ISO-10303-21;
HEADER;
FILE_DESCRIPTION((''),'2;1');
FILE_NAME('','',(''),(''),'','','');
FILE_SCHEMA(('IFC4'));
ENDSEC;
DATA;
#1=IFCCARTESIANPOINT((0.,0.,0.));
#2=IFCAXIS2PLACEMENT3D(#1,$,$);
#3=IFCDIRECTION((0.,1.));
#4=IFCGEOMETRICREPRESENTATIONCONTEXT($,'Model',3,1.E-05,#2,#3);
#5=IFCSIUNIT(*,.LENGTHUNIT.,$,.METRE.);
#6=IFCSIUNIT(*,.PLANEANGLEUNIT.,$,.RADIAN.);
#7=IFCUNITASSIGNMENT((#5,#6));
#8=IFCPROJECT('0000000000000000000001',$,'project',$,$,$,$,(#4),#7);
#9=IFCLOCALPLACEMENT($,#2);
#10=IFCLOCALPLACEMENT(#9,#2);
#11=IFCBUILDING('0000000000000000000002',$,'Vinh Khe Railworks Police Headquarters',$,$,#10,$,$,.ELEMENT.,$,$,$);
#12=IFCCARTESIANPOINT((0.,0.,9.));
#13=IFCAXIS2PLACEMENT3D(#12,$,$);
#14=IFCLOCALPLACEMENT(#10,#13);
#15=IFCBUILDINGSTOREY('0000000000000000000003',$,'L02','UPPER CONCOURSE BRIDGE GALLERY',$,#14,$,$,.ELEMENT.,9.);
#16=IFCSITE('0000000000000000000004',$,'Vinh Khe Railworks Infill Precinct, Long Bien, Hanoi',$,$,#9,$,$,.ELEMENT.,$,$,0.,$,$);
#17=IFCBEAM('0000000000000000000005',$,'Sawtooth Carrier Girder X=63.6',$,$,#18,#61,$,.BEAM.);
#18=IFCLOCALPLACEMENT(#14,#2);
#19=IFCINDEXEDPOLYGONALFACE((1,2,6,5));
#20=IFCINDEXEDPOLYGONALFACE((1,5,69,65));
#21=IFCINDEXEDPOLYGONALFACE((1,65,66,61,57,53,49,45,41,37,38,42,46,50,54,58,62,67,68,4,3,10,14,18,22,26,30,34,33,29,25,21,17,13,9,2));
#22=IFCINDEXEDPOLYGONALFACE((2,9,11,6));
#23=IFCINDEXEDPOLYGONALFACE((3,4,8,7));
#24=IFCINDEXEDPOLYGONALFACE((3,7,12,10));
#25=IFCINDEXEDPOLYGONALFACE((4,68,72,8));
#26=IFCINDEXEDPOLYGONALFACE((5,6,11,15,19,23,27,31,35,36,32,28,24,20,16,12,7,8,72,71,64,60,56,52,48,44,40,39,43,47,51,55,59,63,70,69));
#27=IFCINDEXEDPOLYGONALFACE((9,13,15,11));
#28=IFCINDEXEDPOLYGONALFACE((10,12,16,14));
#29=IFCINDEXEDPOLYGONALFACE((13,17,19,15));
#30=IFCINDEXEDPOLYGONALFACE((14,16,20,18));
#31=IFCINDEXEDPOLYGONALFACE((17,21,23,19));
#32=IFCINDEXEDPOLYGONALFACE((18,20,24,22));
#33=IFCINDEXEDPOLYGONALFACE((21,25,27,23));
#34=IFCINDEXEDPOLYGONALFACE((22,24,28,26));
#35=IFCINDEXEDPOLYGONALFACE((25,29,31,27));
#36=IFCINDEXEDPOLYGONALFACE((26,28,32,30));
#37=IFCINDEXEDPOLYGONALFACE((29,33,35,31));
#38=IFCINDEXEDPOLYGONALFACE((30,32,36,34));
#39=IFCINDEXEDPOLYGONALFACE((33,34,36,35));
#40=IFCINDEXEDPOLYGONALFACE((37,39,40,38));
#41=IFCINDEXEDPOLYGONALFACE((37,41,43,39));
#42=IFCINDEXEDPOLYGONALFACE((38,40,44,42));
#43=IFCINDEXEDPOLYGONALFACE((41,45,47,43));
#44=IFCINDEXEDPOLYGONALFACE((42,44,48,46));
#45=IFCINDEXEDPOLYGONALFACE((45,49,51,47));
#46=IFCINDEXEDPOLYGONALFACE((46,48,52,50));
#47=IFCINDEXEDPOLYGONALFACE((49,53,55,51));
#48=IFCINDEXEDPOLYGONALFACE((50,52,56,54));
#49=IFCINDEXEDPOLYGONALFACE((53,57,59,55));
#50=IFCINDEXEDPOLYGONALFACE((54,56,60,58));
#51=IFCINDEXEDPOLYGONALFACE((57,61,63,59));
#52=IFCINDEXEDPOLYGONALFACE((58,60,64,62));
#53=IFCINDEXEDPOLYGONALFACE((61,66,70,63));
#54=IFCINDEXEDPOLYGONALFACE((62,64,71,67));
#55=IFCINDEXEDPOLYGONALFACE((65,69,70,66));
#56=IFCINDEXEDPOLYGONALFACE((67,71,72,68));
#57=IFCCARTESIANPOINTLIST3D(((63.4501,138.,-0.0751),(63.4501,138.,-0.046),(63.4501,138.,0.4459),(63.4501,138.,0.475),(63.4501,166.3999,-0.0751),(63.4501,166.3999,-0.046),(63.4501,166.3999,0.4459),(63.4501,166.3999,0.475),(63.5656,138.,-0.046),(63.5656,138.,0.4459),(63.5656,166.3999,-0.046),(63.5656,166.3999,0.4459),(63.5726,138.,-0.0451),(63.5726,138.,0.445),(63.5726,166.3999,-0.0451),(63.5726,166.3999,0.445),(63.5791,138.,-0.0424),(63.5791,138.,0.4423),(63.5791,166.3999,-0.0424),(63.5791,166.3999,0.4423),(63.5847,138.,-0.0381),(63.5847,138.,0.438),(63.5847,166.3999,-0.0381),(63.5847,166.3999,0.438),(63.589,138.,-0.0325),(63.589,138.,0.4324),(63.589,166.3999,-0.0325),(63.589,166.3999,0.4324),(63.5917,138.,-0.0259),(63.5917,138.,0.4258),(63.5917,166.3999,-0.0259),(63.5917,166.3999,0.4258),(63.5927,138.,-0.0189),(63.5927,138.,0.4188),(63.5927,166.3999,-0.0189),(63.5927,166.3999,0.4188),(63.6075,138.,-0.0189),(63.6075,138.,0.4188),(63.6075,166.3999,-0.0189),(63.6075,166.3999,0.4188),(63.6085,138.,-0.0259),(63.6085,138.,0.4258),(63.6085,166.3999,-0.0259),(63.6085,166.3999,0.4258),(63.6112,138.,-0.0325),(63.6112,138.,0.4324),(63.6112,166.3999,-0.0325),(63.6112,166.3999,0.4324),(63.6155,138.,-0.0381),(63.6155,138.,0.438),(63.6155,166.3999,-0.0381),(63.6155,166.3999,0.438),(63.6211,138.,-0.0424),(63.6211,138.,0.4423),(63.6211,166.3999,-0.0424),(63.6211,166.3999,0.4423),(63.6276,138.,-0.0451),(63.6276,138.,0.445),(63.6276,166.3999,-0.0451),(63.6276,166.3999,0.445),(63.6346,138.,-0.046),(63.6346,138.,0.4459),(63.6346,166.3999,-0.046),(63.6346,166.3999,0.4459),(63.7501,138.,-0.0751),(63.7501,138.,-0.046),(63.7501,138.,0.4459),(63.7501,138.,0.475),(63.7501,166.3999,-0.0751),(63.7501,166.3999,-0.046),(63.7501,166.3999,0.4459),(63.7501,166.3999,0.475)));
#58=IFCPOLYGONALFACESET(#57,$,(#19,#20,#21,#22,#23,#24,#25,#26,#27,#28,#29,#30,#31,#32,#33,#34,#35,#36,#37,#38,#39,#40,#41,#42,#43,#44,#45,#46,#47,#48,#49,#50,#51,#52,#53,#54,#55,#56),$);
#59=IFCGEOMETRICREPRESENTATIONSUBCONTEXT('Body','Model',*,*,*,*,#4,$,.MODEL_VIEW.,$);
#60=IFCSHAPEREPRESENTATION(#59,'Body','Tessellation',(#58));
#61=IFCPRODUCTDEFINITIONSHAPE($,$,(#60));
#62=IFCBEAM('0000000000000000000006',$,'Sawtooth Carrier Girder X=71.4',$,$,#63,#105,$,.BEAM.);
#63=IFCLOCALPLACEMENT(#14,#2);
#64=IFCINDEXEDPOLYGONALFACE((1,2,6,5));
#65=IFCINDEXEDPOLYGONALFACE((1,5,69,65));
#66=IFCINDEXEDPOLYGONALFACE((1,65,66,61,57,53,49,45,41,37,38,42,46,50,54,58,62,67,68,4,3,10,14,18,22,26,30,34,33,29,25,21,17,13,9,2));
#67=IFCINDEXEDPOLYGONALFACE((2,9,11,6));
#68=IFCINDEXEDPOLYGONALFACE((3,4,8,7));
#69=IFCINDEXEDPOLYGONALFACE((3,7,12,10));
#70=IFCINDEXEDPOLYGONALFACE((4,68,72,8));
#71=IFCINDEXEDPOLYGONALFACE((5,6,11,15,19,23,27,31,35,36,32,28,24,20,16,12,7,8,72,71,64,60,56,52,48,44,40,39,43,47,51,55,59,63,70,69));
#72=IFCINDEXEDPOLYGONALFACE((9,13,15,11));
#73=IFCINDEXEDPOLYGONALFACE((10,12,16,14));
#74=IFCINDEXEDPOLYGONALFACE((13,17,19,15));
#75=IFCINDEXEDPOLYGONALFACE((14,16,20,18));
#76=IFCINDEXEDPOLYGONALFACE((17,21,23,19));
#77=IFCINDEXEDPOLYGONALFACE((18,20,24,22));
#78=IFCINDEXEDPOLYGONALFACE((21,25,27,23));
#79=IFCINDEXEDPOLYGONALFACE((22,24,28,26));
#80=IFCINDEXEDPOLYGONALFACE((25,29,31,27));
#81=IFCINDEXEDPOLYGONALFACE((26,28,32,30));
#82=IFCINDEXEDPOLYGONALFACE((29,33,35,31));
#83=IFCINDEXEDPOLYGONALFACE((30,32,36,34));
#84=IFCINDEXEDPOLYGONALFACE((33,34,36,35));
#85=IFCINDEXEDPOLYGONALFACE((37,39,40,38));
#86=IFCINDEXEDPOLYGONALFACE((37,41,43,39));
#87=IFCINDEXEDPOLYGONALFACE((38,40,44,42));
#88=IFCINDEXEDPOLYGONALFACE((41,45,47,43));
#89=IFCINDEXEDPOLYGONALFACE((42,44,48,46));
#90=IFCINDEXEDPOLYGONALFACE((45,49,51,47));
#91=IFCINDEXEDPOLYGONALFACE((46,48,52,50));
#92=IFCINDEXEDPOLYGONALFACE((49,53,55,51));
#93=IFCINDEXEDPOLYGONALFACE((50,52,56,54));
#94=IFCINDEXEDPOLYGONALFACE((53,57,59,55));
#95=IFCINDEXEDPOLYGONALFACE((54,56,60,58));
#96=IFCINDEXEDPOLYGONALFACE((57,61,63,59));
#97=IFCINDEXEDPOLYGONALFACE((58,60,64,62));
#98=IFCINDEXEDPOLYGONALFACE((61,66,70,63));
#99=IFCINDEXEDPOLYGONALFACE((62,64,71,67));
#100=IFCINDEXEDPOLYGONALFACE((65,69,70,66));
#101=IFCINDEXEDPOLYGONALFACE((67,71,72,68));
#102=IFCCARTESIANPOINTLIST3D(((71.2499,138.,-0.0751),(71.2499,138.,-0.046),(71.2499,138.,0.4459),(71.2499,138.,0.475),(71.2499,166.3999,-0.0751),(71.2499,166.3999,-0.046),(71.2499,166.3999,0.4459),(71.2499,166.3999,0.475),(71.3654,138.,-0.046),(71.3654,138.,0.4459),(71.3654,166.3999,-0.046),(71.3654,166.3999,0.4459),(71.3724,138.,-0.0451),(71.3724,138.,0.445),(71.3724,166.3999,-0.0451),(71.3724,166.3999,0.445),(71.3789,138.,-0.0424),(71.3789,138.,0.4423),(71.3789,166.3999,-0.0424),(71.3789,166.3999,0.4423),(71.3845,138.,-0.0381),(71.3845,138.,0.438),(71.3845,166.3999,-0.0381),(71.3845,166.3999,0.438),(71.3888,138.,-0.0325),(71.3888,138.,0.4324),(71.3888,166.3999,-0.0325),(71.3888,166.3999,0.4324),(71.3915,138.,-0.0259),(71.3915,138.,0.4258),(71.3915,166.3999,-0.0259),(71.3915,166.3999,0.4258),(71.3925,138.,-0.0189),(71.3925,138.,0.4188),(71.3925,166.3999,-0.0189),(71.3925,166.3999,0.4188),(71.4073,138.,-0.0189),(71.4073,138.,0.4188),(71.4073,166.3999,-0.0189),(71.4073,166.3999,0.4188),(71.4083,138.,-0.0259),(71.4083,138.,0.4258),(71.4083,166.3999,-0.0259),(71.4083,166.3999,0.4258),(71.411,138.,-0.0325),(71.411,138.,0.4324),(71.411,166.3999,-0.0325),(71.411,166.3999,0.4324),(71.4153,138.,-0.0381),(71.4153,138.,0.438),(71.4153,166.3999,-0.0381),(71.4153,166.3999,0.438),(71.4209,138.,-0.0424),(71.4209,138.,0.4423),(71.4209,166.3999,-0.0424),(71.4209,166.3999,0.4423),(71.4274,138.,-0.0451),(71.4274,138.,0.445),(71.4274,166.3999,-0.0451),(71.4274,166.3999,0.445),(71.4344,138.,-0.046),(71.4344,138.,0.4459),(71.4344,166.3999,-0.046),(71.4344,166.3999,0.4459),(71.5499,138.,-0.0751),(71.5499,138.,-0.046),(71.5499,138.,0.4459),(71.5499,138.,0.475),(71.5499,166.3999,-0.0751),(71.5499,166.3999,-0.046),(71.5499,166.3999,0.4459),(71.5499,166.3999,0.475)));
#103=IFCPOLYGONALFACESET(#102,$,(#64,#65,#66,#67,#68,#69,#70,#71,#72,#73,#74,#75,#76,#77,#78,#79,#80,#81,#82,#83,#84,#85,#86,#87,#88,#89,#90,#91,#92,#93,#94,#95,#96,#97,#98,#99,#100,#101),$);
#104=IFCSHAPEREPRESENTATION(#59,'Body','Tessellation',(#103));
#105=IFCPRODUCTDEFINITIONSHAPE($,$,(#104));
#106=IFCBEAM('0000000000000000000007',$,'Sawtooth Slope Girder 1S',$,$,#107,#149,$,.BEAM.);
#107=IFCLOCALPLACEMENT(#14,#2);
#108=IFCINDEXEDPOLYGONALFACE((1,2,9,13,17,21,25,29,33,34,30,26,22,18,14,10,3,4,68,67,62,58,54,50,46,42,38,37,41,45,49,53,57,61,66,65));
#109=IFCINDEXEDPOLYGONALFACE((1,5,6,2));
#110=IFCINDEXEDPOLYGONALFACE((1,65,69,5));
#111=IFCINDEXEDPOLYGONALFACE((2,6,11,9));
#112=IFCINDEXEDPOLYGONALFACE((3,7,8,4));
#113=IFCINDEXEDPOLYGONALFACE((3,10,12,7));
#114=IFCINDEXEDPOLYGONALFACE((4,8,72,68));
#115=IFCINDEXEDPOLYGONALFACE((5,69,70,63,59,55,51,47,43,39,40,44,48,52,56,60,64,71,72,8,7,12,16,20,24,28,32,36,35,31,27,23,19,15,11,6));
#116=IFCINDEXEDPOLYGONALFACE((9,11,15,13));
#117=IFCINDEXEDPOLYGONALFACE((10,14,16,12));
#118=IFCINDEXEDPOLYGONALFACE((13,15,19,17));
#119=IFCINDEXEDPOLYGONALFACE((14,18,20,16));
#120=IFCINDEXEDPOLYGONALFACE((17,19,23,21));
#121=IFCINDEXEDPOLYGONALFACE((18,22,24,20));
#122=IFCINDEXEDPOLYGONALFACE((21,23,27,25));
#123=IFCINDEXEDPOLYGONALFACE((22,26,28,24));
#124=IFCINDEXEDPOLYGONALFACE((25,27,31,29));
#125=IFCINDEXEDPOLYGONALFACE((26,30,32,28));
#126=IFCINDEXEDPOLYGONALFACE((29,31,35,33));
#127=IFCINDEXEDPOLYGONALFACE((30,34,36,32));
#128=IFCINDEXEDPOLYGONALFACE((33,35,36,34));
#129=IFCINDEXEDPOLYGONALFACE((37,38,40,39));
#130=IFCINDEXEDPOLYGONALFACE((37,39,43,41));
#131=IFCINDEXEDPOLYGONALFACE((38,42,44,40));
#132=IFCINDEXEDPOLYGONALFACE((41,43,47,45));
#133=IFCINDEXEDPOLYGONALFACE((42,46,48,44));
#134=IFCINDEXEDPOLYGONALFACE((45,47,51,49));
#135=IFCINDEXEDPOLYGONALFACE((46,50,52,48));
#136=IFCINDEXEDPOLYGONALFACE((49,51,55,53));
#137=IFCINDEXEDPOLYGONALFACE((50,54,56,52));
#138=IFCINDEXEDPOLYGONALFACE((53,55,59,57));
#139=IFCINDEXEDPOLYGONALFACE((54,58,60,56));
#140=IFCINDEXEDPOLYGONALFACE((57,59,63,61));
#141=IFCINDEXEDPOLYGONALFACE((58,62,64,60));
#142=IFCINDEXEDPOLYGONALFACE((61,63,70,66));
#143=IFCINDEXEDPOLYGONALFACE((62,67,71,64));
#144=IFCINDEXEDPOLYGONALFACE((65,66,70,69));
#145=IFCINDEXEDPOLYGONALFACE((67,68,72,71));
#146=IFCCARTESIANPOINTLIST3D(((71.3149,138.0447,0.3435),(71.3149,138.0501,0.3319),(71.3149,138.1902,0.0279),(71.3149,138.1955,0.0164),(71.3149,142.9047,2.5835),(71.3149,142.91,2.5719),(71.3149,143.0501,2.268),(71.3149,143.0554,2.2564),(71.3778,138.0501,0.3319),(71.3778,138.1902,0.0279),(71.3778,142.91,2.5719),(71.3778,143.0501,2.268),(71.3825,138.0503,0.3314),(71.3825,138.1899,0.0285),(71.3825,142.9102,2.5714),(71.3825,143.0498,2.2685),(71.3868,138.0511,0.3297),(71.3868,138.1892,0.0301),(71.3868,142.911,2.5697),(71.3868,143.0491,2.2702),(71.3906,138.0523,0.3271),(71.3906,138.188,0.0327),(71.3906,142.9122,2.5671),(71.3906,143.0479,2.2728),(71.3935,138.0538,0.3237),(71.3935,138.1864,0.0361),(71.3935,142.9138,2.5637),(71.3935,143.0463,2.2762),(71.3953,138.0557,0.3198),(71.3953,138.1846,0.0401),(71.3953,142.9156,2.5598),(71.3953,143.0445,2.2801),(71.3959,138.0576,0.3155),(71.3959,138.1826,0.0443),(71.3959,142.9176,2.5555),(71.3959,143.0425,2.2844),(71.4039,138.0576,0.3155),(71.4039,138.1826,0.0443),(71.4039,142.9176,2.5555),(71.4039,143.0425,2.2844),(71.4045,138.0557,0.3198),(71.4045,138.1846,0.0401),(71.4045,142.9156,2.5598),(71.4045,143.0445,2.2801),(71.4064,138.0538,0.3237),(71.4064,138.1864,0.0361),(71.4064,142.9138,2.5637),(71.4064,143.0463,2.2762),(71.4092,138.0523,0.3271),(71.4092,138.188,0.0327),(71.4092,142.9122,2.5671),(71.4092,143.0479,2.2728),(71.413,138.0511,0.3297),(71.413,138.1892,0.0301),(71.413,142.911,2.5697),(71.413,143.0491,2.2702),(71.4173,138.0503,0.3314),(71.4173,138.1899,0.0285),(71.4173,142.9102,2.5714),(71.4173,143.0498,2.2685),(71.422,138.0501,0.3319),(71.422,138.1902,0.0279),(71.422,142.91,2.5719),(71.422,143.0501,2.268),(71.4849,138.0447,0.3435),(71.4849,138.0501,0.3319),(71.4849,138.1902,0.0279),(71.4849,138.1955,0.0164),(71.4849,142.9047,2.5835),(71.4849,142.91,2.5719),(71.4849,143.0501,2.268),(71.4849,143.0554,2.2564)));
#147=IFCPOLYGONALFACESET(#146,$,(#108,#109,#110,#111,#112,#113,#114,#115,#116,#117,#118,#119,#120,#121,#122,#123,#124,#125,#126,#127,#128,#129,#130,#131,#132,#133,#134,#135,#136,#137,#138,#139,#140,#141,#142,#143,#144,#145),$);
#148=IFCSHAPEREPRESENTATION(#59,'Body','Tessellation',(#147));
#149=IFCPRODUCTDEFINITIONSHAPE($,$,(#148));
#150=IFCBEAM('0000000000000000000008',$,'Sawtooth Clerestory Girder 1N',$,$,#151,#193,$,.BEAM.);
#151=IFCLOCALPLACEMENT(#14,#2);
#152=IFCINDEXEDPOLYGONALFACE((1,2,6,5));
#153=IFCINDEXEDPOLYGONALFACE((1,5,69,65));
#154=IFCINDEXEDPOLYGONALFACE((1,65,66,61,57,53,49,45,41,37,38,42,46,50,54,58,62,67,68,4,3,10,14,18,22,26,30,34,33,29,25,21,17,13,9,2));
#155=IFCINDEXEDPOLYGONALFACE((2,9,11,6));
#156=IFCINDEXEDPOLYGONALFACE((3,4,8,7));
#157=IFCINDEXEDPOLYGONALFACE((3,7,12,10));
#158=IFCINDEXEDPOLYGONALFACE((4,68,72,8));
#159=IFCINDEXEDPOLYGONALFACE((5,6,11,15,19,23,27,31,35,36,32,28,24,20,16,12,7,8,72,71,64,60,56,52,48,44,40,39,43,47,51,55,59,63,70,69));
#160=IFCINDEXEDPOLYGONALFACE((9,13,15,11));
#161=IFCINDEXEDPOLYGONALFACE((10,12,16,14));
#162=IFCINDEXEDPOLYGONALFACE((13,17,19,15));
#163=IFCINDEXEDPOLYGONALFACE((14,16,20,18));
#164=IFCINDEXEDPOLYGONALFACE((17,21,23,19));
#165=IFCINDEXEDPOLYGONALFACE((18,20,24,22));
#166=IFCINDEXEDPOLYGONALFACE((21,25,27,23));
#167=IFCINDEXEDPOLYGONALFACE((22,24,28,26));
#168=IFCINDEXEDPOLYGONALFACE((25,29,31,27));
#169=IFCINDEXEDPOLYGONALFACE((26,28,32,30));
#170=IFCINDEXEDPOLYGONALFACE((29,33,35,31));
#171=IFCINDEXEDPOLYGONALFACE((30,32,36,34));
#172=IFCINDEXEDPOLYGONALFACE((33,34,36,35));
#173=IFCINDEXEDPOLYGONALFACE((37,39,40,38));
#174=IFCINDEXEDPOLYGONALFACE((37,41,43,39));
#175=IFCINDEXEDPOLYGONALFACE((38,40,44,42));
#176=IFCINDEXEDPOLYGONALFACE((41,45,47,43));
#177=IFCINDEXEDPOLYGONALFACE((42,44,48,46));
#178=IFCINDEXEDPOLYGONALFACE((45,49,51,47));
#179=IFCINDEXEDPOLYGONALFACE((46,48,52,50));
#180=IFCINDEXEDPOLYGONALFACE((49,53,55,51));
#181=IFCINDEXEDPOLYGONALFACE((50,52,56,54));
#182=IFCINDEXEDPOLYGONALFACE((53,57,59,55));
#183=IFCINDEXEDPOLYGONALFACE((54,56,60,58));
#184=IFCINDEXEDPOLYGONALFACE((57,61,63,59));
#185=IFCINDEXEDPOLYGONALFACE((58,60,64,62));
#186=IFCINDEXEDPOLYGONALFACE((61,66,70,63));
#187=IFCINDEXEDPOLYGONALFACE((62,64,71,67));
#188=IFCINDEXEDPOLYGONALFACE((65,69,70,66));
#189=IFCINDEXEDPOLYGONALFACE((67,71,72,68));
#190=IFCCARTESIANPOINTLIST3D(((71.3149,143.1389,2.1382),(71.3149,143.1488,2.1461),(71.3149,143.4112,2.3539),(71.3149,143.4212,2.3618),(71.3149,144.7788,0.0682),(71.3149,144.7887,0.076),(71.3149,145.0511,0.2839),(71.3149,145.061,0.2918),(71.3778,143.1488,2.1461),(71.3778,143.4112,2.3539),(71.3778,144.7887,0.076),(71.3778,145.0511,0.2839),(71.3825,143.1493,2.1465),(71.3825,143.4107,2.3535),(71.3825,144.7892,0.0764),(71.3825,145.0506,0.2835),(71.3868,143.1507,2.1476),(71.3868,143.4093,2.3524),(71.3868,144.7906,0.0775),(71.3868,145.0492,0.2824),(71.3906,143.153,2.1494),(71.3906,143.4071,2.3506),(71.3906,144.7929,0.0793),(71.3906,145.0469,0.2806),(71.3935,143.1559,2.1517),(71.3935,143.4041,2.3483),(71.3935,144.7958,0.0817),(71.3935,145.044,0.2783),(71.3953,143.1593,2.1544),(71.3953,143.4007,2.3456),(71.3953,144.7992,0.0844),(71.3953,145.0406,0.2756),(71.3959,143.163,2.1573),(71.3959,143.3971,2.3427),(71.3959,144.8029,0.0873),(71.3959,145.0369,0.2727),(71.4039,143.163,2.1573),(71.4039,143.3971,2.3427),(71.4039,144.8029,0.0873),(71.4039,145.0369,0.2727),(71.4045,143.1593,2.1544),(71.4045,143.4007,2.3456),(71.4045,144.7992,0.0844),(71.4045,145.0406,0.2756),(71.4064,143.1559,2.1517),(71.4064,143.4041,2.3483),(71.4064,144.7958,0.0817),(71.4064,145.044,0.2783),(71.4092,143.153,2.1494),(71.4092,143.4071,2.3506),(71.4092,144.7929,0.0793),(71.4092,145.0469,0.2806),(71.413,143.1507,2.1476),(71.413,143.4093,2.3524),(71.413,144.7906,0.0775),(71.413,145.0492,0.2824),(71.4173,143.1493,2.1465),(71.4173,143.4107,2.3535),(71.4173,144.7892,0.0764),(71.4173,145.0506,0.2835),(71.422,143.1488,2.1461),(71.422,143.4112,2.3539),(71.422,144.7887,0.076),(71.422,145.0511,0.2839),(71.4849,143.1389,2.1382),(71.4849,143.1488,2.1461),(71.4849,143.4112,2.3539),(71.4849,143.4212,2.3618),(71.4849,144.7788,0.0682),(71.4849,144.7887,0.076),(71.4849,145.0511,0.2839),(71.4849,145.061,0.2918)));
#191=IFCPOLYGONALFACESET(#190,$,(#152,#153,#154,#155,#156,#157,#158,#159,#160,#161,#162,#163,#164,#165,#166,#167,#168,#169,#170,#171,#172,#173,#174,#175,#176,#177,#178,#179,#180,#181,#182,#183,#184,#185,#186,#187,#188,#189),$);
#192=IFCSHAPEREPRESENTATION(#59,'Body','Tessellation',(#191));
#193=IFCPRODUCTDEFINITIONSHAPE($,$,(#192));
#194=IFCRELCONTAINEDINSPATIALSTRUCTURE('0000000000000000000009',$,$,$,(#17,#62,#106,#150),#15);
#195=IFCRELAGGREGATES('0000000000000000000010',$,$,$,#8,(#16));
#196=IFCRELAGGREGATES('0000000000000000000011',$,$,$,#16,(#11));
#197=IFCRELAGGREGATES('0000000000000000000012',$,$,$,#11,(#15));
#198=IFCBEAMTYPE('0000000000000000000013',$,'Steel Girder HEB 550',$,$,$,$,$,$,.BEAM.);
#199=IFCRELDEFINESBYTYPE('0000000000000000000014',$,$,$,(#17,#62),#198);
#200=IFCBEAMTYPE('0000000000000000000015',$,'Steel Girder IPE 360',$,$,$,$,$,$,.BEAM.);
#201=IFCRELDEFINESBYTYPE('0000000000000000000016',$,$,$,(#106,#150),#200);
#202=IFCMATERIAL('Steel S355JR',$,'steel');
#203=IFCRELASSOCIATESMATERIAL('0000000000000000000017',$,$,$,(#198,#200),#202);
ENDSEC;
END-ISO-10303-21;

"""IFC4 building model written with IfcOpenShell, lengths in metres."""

from ifc_helpers import new_model, si_unit, direction, frame, origin, origin_2d, place, context, subcontext, project, spatial, i_section, extrude, material, material_profile, profile_set, type_object, element, save


model = new_model("IFC4")

# Units and contexts
model_context = context("Model", 3, precision=1e-05, world=origin(), true_north=direction((0.0, 1.0)))
body_context = subcontext(model_context, "Body", "Model", "MODEL_VIEW")
ifc_project = project(units=[si_unit("LENGTHUNIT", "METRE"), si_unit("PLANEANGLEUNIT", "RADIAN")], contexts=[model_context])

# Site, building, storey
site_placement = place(None, origin())
site = spatial("IfcSite", under=ifc_project, at=site_placement, Name="Vinh Khe Railworks Infill Precinct, Long Bien, Hanoi", CompositionType="ELEMENT", RefElevation=0.0)
building_placement = place(site_placement, origin())
building = spatial("IfcBuilding", under=site, at=building_placement, Name="Vinh Khe Railworks Police Headquarters", CompositionType="ELEMENT")
storey_placement = place(building_placement, frame((0.0, 0.0, 9.0)))
storey = spatial("IfcBuildingStorey", under=building, at=storey_placement, Name="L02", Description="UPPER CONCOURSE BRIDGE GALLERY", CompositionType="ELEMENT", Elevation=9.0)

# Shared definitions
ifc_material = material(Name="Steel S355JR", Category="steel")

# Beams
ifc_material_profile_1 = material_profile(ifc_material, i_section(OverallWidth=0.3, OverallDepth=0.55, WebThickness=0.0149, FlangeThickness=0.0291, FilletRadius=0.0271, at=origin_2d()), Name="HEB 550")
ifc_profile_set_1 = profile_set([ifc_material_profile_1], Name="Steel S355JR")
beam_type_1 = type_object("IfcBeamType", Name="Steel Girder HEB 550", PredefinedType="BEAM", material=ifc_profile_set_1)
for number, where, z_axis, x_axis, name in (
    (1, (63.6001, 138.0, 0.2), (0.0, 1.0, 0.0), (-1.0, 0.0, 0.0), "Sawtooth Carrier Girder X=63.6"),
    (2, (71.3999, 138.0, 0.2), (0.0, 1.0, 0.0), (-1.0, 0.0, 0.0), "Sawtooth Carrier Girder X=71.4"),
):
    element("IfcBeam", number, at=place(storey_placement, frame(where, z_axis=z_axis, x_axis=x_axis)), inside=storey, type_object=beam_type_1, Name=name, PredefinedType="BEAM", context=body_context, shape_type="SweptSolid", body=[
        extrude(i_section(OverallWidth=0.3, OverallDepth=0.55, WebThickness=0.0149, FlangeThickness=0.0291, FilletRadius=0.0271, at=origin_2d()), origin(), (0.0, 0.0, 1.0), 28.3999),
    ])
ifc_material_profile_2 = material_profile(ifc_material, i_section(OverallWidth=0.1699, OverallDepth=0.3601, WebThickness=0.0081, FlangeThickness=0.0127, FilletRadius=0.0181, at=origin_2d()), Name="IPE 360")
ifc_profile_set_2 = profile_set([ifc_material_profile_2], Name="Steel S355JR")
beam_type_2 = type_object("IfcBeamType", Name="Steel Girder IPE 360", PredefinedType="BEAM", material=ifc_profile_set_2)
beam_1_placement = place(storey_placement, frame((71.3999, 138.1201, 0.1799), z_axis=(0.0, 0.908174, 0.418592), x_axis=(-1.0, 0.0, 0.0)))
element("IfcBeam", 3, at=beam_1_placement, inside=storey, type_object=beam_type_2, Name="Sawtooth Slope Girder 1S", PredefinedType="BEAM", context=body_context, shape_type="SweptSolid", body=[
    extrude(i_section(OverallWidth=0.1699, OverallDepth=0.3601, WebThickness=0.0081, FlangeThickness=0.0127, FilletRadius=0.0181, at=origin_2d()), origin(), (0.0, 0.0, 1.0), 5.3513),
])
beam_2_placement = place(storey_placement, frame((71.3999, 143.28, 2.25), z_axis=(0.0, 0.620956, -0.783845), x_axis=(-1.0, 0.0, 0.0)))
element("IfcBeam", 4, at=beam_2_placement, inside=storey, type_object=beam_type_2, Name="Sawtooth Clerestory Girder 1N", PredefinedType="BEAM", context=body_context, shape_type="SweptSolid", body=[
    extrude(i_section(OverallWidth=0.1699, OverallDepth=0.3601, WebThickness=0.0081, FlangeThickness=0.0127, FilletRadius=0.0181, at=origin_2d()), origin(), (0.0, 0.0, 1.0), 2.6409),
])

save(model, "model.ifc")
